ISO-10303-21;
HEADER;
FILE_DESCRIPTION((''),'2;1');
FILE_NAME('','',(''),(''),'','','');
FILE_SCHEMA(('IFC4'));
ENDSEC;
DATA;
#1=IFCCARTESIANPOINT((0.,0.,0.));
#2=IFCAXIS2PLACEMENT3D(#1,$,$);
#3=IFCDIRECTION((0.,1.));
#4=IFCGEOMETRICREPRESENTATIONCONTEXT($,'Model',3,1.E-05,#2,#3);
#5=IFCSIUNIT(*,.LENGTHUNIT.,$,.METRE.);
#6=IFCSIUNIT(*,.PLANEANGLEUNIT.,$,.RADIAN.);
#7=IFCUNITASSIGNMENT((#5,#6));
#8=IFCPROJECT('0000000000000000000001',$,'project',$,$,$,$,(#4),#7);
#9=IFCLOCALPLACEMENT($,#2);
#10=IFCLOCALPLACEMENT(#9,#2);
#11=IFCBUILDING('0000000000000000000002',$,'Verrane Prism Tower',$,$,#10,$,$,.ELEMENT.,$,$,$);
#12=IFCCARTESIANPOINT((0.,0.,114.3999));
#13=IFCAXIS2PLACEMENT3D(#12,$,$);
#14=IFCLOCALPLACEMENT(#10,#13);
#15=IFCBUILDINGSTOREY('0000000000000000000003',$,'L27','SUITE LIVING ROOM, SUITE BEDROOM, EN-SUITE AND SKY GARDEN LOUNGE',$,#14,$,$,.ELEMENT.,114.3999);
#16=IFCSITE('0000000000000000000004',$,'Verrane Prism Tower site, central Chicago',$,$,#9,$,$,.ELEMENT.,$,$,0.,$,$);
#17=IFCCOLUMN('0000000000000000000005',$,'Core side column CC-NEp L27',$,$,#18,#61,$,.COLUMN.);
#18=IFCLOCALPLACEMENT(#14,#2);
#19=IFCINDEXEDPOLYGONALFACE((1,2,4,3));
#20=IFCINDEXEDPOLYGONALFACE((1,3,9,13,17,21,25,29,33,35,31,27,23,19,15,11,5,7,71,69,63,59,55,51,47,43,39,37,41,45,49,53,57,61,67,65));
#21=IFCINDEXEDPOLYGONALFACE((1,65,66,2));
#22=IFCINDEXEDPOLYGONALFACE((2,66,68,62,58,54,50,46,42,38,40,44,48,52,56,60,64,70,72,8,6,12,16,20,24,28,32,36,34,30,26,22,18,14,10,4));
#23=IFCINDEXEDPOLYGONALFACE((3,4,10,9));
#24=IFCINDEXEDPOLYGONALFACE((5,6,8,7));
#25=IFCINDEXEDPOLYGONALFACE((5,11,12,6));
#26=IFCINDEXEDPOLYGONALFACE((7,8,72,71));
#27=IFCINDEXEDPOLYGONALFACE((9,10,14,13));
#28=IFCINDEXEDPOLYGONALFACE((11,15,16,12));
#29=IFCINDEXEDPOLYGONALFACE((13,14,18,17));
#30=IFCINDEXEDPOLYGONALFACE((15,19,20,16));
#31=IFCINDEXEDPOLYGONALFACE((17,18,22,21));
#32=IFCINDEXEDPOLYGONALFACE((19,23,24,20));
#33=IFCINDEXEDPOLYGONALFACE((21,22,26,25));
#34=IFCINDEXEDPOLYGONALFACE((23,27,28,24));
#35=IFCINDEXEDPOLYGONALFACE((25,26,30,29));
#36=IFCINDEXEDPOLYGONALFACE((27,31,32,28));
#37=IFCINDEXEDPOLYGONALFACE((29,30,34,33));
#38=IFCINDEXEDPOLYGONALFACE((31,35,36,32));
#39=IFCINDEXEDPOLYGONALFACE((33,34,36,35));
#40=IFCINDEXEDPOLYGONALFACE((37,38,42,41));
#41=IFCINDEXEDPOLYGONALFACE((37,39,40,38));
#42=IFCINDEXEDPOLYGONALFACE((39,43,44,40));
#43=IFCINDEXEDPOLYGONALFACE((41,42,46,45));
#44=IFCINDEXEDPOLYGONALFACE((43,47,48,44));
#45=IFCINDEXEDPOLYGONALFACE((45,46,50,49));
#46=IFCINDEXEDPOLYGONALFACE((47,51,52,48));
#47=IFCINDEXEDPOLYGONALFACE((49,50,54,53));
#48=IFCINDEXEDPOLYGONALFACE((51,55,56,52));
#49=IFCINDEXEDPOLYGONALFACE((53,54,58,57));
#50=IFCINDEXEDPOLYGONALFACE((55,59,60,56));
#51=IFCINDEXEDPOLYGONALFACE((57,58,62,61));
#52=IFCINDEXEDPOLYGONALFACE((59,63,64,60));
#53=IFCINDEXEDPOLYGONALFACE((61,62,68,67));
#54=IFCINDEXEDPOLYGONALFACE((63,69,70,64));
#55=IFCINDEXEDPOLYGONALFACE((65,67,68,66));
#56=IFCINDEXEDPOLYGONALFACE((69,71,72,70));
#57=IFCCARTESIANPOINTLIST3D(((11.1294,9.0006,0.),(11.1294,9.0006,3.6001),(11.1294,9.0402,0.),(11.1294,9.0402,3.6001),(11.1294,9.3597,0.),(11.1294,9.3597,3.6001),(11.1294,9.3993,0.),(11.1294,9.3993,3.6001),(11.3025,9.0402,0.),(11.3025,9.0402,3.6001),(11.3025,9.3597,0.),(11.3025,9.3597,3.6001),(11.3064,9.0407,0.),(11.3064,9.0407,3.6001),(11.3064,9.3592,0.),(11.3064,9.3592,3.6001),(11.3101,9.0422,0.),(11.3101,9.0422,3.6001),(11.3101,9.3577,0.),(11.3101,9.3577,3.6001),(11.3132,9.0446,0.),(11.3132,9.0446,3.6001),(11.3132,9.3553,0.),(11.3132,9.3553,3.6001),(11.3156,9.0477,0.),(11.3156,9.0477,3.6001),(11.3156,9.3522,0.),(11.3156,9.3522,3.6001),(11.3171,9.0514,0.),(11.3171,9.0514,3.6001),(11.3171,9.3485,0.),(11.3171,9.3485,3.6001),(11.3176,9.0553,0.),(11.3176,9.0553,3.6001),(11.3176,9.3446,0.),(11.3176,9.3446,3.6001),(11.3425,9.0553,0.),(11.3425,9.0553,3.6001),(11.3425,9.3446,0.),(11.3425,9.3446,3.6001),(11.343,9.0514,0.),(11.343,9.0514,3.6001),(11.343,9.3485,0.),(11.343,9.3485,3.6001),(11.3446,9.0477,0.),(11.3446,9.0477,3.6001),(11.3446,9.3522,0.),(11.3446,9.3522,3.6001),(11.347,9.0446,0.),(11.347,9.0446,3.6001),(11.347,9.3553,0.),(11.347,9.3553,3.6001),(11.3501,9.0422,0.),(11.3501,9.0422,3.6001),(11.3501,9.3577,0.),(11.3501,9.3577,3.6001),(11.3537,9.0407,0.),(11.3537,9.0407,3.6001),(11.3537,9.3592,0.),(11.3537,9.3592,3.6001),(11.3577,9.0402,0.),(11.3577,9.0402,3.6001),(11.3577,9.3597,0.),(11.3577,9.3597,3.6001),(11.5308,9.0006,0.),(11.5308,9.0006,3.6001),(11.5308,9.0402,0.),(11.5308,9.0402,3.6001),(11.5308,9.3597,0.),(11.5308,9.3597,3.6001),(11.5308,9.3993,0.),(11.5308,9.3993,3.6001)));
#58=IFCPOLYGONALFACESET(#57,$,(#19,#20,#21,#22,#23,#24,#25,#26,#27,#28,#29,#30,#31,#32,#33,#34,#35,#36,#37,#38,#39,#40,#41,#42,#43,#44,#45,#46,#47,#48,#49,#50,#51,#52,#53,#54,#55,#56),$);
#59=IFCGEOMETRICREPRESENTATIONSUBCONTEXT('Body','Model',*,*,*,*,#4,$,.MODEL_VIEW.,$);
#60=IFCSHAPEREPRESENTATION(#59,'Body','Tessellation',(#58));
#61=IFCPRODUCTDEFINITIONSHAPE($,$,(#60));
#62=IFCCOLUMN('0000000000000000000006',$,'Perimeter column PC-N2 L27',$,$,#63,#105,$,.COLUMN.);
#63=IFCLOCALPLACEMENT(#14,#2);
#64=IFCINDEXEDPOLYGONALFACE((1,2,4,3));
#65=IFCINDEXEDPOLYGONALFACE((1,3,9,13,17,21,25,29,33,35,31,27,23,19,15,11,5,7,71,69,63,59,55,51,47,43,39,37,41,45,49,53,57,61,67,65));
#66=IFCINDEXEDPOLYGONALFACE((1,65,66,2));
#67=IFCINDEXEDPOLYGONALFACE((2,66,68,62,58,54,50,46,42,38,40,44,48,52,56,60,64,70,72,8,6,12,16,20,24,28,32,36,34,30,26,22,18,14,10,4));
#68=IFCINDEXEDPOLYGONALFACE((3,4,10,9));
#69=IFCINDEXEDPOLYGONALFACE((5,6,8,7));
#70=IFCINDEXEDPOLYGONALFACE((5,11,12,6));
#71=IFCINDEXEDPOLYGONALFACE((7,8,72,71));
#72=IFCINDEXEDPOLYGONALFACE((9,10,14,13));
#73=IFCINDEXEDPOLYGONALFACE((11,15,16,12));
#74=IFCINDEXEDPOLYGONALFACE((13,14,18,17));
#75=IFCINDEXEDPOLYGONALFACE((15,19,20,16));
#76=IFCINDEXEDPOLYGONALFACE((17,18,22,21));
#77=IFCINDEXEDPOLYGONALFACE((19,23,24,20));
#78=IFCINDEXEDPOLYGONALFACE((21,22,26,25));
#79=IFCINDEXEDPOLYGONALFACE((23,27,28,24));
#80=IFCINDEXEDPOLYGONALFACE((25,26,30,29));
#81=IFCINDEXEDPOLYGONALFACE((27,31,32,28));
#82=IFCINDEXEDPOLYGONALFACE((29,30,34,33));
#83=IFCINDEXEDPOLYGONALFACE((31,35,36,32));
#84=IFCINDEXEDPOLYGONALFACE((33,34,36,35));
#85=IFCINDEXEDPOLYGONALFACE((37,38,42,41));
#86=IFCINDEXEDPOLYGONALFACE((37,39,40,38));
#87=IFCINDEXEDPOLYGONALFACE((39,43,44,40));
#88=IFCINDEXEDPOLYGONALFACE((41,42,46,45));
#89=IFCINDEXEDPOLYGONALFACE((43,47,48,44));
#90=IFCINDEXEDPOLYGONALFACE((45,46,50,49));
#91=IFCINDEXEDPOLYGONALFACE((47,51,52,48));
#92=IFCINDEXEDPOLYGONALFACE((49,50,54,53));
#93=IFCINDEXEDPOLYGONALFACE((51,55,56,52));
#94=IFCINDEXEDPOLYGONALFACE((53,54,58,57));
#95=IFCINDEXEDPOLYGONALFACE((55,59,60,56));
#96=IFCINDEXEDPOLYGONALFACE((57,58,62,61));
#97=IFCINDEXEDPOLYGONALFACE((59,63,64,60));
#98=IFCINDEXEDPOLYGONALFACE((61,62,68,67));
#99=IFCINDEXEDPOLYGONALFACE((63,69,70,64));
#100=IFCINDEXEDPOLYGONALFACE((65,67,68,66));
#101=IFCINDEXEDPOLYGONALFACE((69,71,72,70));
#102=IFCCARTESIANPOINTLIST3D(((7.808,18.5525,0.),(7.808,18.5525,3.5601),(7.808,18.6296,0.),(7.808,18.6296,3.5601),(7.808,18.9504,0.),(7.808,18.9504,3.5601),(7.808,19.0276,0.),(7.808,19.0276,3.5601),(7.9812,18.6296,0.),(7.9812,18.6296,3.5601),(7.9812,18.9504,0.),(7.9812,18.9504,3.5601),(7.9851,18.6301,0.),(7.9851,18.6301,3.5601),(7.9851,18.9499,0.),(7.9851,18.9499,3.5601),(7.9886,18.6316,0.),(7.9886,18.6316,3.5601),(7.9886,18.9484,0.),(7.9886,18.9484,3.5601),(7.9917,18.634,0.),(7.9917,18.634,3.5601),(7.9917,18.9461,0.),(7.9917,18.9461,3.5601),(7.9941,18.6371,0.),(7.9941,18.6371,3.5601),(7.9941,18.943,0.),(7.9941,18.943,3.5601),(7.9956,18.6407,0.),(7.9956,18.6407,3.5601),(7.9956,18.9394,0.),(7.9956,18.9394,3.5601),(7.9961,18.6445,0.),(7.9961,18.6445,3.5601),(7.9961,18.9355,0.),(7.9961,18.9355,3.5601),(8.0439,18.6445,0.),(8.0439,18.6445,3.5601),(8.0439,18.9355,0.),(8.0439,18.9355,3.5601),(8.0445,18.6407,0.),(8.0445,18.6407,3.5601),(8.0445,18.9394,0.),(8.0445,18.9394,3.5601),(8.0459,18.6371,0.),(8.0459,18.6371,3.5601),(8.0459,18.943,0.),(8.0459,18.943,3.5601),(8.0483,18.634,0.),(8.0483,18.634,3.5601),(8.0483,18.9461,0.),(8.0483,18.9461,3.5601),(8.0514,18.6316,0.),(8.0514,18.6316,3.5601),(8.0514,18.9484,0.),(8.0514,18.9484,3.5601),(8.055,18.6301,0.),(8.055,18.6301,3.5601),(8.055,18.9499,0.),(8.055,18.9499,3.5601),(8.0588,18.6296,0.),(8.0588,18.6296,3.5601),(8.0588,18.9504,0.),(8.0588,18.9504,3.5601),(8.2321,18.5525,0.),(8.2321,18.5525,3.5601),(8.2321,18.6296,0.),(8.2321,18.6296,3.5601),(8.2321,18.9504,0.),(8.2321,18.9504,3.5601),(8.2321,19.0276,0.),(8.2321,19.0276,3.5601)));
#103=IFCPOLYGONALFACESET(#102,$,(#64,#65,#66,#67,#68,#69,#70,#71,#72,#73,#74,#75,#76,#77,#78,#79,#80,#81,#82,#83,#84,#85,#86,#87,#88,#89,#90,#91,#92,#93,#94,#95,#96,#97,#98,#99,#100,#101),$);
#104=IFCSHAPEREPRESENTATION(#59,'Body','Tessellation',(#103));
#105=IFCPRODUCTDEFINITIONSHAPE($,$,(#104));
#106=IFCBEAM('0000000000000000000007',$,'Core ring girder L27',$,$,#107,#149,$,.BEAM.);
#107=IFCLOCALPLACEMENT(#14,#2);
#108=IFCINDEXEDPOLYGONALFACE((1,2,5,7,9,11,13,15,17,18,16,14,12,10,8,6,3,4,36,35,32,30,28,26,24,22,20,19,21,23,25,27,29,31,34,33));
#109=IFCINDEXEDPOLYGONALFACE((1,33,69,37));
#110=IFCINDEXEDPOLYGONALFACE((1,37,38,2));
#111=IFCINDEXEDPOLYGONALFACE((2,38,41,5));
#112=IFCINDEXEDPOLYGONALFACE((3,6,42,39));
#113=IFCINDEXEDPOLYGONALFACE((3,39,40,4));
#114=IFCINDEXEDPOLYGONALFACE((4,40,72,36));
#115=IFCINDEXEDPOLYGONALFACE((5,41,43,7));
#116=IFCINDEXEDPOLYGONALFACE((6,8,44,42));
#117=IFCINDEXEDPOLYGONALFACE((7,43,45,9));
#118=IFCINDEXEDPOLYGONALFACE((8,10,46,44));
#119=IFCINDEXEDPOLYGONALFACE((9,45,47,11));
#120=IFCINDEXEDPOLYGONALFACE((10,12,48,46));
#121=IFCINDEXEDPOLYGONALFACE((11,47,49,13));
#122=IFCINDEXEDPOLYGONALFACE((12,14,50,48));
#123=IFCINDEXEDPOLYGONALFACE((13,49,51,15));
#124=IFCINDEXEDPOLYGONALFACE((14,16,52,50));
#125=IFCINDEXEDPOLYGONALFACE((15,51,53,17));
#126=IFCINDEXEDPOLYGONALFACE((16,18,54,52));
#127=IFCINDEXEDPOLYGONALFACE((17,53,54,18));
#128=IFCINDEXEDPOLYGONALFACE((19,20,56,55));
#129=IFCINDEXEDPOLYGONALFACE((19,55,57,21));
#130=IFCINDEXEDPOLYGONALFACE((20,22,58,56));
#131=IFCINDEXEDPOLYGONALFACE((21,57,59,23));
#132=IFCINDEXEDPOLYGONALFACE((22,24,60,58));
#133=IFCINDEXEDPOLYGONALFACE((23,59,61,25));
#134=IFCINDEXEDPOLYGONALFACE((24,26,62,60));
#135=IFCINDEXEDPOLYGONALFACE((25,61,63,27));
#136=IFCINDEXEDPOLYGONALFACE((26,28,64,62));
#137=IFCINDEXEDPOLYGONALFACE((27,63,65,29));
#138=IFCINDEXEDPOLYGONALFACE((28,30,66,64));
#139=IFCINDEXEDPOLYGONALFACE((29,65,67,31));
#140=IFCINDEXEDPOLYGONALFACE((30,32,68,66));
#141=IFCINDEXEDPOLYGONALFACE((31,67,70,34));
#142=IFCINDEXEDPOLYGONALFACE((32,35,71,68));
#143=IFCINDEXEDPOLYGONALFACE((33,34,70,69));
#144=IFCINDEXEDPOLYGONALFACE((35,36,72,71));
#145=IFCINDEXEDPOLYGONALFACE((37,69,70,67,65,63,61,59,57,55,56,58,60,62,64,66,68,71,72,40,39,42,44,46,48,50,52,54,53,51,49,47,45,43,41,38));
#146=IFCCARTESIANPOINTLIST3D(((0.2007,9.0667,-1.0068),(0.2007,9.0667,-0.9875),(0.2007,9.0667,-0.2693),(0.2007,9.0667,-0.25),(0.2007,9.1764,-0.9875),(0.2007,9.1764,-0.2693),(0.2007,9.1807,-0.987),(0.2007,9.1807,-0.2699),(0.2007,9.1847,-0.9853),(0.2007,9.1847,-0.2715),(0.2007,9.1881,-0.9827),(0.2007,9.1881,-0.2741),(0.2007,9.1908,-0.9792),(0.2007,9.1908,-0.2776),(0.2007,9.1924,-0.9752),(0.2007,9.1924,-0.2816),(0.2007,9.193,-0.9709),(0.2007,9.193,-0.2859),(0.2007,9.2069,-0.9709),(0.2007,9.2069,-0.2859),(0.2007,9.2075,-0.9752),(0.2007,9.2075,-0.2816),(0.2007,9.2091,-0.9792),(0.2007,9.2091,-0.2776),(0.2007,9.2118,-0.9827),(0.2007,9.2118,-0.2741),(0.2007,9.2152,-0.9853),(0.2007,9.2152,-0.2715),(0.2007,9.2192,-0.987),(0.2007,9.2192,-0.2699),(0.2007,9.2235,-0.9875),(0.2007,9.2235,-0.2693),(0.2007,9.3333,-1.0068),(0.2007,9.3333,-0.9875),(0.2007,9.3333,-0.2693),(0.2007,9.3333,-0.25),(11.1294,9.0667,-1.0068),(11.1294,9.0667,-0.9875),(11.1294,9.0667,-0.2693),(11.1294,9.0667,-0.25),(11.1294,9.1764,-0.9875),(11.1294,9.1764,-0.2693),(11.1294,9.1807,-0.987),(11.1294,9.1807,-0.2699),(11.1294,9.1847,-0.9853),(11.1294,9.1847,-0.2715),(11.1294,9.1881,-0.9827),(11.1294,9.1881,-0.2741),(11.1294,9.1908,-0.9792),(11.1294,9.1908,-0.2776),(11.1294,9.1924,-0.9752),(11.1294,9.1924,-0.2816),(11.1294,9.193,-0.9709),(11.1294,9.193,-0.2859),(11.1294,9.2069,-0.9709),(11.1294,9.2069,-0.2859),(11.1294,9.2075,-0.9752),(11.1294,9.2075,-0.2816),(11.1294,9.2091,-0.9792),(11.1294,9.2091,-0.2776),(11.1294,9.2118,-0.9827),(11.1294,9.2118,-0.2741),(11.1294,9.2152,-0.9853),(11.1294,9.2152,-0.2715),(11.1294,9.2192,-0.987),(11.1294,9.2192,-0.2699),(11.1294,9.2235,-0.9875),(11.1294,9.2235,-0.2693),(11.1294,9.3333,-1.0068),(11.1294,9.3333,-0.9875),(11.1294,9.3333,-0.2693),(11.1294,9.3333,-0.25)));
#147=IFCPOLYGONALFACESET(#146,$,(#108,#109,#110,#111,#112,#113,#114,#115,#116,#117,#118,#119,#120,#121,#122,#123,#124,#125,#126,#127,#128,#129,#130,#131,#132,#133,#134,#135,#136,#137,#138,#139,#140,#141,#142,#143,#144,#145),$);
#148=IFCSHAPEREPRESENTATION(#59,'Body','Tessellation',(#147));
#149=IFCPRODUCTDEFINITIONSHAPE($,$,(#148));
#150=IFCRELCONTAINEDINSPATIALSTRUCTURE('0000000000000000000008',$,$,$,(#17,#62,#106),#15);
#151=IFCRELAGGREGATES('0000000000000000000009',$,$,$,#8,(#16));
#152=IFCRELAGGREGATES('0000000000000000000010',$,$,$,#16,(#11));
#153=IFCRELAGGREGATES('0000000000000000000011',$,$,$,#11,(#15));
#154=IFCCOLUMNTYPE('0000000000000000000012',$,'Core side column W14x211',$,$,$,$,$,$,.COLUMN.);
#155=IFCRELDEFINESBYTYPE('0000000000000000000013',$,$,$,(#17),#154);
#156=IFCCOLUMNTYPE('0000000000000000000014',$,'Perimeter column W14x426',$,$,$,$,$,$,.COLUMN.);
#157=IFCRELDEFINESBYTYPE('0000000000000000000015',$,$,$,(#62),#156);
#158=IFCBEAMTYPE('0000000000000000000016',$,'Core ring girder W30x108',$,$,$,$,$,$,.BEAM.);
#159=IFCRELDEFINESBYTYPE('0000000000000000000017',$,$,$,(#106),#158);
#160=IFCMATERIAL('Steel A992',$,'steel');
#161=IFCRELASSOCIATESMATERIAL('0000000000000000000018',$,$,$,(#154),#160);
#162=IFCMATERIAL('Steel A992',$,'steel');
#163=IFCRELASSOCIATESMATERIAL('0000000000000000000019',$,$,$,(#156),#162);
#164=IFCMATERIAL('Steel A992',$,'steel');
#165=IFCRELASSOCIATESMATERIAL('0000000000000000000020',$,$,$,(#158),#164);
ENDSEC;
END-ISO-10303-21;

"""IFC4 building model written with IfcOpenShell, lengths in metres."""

from ifc_helpers import new_model, si_unit, direction, frame, origin, origin_2d, place, context, subcontext, project, spatial, i_section, extrude, material, material_profile, profile_set, type_object, element, save


model = new_model("IFC4")

# Units and contexts
model_context = context("Model", 3, precision=1e-05, world=origin(), true_north=direction((0.0, 1.0)))
body_context = subcontext(model_context, "Body", "Model", "MODEL_VIEW")
ifc_project = project(units=[si_unit("LENGTHUNIT", "METRE"), si_unit("PLANEANGLEUNIT", "RADIAN")], contexts=[model_context])

# Site, building, storey
site_placement = place(None, origin())
site = spatial("IfcSite", under=ifc_project, at=site_placement, Name="Verrane Prism Tower site, central Chicago", CompositionType="ELEMENT", RefElevation=0.0)
building_placement = place(site_placement, origin())
building = spatial("IfcBuilding", under=site, at=building_placement, Name="Verrane Prism Tower", CompositionType="ELEMENT")
storey_placement = place(building_placement, frame((0.0, 0.0, 114.3999)))
storey = spatial("IfcBuildingStorey", under=building, at=storey_placement, Name="L27", Description="SUITE LIVING ROOM, SUITE BEDROOM, EN-SUITE AND SKY GARDEN LOUNGE", CompositionType="ELEMENT", Elevation=114.3999)

# Columns
ifc_material_1 = material(Name="Steel A992", Category="steel")
ifc_material_profile_1 = material_profile(ifc_material_1, i_section(OverallWidth=0.4014, OverallDepth=0.3987, WebThickness=0.0249, FlangeThickness=0.0396, FilletRadius=0.0151, at=origin_2d()), Name="W14x211")
ifc_profile_set_1 = profile_set([ifc_material_profile_1], Name="Steel A992")
column_type_1 = type_object("IfcColumnType", Name="Core side column W14x211", PredefinedType="COLUMN", material=ifc_profile_set_1)
column_1_placement = place(storey_placement, frame((11.3301, 9.2, 0.0), z_axis=(0.0, 0.0, 1.0), x_axis=(1.0, 0.0, 0.0)))
element("IfcColumn", 1, at=column_1_placement, inside=storey, type_object=column_type_1, Name="Core side column CC-NEp L27", PredefinedType="COLUMN", context=body_context, shape_type="SweptSolid", body=[
    extrude(i_section(OverallWidth=0.4014, OverallDepth=0.3987, WebThickness=0.0249, FlangeThickness=0.0396, FilletRadius=0.0151, at=origin_2d()), origin(), (0.0, 0.0, 1.0), 3.6001),
])
ifc_material_2 = material(Name="Steel A992", Category="steel")
ifc_material_profile_2 = material_profile(ifc_material_2, i_section(OverallWidth=0.4241, OverallDepth=0.4751, WebThickness=0.0479, FlangeThickness=0.0771, FilletRadius=0.0149, at=origin_2d()), Name="W14x426")
ifc_profile_set_2 = profile_set([ifc_material_profile_2], Name="Steel A992")
column_type_2 = type_object("IfcColumnType", Name="Perimeter column W14x426", PredefinedType="COLUMN", material=ifc_profile_set_2)
column_2_placement = place(storey_placement, frame((8.02, 18.79, 0.0), z_axis=(0.0, 0.0, 1.0), x_axis=(1.0, 0.0, 0.0)))
element("IfcColumn", 2, at=column_2_placement, inside=storey, type_object=column_type_2, Name="Perimeter column PC-N2 L27", PredefinedType="COLUMN", context=body_context, shape_type="SweptSolid", body=[
    extrude(i_section(OverallWidth=0.4241, OverallDepth=0.4751, WebThickness=0.0479, FlangeThickness=0.0771, FilletRadius=0.0149, at=origin_2d()), origin(), (0.0, 0.0, 1.0), 3.5601),
])

# Beam
ifc_material_3 = material(Name="Steel A992", Category="steel")
ifc_material_profile_3 = material_profile(ifc_material_3, i_section(OverallWidth=0.2666, OverallDepth=0.7568, WebThickness=0.0139, FlangeThickness=0.0193, FilletRadius=0.0166, at=origin_2d()), Name="W30x108")
ifc_profile_set_3 = profile_set([ifc_material_profile_3], Name="Steel A992")
beam_type_1 = type_object("IfcBeamType", Name="Core ring girder W30x108", PredefinedType="BEAM", material=ifc_profile_set_3)
beam_1_placement = place(storey_placement, frame((11.1294, 9.2, -0.6284), z_axis=(-1.0, 0.0, 0.0), x_axis=(0.0, -1.0, 0.0)))
element("IfcBeam", 3, at=beam_1_placement, inside=storey, type_object=beam_type_1, Name="Core ring girder L27", PredefinedType="BEAM", context=body_context, shape_type="SweptSolid", body=[
    extrude(i_section(OverallWidth=0.2666, OverallDepth=0.7568, WebThickness=0.0139, FlangeThickness=0.0193, FilletRadius=0.0166, at=origin_2d()), origin(), (0.0, 0.0, 1.0), 10.9287),
])

save(model, "model.ifc")
